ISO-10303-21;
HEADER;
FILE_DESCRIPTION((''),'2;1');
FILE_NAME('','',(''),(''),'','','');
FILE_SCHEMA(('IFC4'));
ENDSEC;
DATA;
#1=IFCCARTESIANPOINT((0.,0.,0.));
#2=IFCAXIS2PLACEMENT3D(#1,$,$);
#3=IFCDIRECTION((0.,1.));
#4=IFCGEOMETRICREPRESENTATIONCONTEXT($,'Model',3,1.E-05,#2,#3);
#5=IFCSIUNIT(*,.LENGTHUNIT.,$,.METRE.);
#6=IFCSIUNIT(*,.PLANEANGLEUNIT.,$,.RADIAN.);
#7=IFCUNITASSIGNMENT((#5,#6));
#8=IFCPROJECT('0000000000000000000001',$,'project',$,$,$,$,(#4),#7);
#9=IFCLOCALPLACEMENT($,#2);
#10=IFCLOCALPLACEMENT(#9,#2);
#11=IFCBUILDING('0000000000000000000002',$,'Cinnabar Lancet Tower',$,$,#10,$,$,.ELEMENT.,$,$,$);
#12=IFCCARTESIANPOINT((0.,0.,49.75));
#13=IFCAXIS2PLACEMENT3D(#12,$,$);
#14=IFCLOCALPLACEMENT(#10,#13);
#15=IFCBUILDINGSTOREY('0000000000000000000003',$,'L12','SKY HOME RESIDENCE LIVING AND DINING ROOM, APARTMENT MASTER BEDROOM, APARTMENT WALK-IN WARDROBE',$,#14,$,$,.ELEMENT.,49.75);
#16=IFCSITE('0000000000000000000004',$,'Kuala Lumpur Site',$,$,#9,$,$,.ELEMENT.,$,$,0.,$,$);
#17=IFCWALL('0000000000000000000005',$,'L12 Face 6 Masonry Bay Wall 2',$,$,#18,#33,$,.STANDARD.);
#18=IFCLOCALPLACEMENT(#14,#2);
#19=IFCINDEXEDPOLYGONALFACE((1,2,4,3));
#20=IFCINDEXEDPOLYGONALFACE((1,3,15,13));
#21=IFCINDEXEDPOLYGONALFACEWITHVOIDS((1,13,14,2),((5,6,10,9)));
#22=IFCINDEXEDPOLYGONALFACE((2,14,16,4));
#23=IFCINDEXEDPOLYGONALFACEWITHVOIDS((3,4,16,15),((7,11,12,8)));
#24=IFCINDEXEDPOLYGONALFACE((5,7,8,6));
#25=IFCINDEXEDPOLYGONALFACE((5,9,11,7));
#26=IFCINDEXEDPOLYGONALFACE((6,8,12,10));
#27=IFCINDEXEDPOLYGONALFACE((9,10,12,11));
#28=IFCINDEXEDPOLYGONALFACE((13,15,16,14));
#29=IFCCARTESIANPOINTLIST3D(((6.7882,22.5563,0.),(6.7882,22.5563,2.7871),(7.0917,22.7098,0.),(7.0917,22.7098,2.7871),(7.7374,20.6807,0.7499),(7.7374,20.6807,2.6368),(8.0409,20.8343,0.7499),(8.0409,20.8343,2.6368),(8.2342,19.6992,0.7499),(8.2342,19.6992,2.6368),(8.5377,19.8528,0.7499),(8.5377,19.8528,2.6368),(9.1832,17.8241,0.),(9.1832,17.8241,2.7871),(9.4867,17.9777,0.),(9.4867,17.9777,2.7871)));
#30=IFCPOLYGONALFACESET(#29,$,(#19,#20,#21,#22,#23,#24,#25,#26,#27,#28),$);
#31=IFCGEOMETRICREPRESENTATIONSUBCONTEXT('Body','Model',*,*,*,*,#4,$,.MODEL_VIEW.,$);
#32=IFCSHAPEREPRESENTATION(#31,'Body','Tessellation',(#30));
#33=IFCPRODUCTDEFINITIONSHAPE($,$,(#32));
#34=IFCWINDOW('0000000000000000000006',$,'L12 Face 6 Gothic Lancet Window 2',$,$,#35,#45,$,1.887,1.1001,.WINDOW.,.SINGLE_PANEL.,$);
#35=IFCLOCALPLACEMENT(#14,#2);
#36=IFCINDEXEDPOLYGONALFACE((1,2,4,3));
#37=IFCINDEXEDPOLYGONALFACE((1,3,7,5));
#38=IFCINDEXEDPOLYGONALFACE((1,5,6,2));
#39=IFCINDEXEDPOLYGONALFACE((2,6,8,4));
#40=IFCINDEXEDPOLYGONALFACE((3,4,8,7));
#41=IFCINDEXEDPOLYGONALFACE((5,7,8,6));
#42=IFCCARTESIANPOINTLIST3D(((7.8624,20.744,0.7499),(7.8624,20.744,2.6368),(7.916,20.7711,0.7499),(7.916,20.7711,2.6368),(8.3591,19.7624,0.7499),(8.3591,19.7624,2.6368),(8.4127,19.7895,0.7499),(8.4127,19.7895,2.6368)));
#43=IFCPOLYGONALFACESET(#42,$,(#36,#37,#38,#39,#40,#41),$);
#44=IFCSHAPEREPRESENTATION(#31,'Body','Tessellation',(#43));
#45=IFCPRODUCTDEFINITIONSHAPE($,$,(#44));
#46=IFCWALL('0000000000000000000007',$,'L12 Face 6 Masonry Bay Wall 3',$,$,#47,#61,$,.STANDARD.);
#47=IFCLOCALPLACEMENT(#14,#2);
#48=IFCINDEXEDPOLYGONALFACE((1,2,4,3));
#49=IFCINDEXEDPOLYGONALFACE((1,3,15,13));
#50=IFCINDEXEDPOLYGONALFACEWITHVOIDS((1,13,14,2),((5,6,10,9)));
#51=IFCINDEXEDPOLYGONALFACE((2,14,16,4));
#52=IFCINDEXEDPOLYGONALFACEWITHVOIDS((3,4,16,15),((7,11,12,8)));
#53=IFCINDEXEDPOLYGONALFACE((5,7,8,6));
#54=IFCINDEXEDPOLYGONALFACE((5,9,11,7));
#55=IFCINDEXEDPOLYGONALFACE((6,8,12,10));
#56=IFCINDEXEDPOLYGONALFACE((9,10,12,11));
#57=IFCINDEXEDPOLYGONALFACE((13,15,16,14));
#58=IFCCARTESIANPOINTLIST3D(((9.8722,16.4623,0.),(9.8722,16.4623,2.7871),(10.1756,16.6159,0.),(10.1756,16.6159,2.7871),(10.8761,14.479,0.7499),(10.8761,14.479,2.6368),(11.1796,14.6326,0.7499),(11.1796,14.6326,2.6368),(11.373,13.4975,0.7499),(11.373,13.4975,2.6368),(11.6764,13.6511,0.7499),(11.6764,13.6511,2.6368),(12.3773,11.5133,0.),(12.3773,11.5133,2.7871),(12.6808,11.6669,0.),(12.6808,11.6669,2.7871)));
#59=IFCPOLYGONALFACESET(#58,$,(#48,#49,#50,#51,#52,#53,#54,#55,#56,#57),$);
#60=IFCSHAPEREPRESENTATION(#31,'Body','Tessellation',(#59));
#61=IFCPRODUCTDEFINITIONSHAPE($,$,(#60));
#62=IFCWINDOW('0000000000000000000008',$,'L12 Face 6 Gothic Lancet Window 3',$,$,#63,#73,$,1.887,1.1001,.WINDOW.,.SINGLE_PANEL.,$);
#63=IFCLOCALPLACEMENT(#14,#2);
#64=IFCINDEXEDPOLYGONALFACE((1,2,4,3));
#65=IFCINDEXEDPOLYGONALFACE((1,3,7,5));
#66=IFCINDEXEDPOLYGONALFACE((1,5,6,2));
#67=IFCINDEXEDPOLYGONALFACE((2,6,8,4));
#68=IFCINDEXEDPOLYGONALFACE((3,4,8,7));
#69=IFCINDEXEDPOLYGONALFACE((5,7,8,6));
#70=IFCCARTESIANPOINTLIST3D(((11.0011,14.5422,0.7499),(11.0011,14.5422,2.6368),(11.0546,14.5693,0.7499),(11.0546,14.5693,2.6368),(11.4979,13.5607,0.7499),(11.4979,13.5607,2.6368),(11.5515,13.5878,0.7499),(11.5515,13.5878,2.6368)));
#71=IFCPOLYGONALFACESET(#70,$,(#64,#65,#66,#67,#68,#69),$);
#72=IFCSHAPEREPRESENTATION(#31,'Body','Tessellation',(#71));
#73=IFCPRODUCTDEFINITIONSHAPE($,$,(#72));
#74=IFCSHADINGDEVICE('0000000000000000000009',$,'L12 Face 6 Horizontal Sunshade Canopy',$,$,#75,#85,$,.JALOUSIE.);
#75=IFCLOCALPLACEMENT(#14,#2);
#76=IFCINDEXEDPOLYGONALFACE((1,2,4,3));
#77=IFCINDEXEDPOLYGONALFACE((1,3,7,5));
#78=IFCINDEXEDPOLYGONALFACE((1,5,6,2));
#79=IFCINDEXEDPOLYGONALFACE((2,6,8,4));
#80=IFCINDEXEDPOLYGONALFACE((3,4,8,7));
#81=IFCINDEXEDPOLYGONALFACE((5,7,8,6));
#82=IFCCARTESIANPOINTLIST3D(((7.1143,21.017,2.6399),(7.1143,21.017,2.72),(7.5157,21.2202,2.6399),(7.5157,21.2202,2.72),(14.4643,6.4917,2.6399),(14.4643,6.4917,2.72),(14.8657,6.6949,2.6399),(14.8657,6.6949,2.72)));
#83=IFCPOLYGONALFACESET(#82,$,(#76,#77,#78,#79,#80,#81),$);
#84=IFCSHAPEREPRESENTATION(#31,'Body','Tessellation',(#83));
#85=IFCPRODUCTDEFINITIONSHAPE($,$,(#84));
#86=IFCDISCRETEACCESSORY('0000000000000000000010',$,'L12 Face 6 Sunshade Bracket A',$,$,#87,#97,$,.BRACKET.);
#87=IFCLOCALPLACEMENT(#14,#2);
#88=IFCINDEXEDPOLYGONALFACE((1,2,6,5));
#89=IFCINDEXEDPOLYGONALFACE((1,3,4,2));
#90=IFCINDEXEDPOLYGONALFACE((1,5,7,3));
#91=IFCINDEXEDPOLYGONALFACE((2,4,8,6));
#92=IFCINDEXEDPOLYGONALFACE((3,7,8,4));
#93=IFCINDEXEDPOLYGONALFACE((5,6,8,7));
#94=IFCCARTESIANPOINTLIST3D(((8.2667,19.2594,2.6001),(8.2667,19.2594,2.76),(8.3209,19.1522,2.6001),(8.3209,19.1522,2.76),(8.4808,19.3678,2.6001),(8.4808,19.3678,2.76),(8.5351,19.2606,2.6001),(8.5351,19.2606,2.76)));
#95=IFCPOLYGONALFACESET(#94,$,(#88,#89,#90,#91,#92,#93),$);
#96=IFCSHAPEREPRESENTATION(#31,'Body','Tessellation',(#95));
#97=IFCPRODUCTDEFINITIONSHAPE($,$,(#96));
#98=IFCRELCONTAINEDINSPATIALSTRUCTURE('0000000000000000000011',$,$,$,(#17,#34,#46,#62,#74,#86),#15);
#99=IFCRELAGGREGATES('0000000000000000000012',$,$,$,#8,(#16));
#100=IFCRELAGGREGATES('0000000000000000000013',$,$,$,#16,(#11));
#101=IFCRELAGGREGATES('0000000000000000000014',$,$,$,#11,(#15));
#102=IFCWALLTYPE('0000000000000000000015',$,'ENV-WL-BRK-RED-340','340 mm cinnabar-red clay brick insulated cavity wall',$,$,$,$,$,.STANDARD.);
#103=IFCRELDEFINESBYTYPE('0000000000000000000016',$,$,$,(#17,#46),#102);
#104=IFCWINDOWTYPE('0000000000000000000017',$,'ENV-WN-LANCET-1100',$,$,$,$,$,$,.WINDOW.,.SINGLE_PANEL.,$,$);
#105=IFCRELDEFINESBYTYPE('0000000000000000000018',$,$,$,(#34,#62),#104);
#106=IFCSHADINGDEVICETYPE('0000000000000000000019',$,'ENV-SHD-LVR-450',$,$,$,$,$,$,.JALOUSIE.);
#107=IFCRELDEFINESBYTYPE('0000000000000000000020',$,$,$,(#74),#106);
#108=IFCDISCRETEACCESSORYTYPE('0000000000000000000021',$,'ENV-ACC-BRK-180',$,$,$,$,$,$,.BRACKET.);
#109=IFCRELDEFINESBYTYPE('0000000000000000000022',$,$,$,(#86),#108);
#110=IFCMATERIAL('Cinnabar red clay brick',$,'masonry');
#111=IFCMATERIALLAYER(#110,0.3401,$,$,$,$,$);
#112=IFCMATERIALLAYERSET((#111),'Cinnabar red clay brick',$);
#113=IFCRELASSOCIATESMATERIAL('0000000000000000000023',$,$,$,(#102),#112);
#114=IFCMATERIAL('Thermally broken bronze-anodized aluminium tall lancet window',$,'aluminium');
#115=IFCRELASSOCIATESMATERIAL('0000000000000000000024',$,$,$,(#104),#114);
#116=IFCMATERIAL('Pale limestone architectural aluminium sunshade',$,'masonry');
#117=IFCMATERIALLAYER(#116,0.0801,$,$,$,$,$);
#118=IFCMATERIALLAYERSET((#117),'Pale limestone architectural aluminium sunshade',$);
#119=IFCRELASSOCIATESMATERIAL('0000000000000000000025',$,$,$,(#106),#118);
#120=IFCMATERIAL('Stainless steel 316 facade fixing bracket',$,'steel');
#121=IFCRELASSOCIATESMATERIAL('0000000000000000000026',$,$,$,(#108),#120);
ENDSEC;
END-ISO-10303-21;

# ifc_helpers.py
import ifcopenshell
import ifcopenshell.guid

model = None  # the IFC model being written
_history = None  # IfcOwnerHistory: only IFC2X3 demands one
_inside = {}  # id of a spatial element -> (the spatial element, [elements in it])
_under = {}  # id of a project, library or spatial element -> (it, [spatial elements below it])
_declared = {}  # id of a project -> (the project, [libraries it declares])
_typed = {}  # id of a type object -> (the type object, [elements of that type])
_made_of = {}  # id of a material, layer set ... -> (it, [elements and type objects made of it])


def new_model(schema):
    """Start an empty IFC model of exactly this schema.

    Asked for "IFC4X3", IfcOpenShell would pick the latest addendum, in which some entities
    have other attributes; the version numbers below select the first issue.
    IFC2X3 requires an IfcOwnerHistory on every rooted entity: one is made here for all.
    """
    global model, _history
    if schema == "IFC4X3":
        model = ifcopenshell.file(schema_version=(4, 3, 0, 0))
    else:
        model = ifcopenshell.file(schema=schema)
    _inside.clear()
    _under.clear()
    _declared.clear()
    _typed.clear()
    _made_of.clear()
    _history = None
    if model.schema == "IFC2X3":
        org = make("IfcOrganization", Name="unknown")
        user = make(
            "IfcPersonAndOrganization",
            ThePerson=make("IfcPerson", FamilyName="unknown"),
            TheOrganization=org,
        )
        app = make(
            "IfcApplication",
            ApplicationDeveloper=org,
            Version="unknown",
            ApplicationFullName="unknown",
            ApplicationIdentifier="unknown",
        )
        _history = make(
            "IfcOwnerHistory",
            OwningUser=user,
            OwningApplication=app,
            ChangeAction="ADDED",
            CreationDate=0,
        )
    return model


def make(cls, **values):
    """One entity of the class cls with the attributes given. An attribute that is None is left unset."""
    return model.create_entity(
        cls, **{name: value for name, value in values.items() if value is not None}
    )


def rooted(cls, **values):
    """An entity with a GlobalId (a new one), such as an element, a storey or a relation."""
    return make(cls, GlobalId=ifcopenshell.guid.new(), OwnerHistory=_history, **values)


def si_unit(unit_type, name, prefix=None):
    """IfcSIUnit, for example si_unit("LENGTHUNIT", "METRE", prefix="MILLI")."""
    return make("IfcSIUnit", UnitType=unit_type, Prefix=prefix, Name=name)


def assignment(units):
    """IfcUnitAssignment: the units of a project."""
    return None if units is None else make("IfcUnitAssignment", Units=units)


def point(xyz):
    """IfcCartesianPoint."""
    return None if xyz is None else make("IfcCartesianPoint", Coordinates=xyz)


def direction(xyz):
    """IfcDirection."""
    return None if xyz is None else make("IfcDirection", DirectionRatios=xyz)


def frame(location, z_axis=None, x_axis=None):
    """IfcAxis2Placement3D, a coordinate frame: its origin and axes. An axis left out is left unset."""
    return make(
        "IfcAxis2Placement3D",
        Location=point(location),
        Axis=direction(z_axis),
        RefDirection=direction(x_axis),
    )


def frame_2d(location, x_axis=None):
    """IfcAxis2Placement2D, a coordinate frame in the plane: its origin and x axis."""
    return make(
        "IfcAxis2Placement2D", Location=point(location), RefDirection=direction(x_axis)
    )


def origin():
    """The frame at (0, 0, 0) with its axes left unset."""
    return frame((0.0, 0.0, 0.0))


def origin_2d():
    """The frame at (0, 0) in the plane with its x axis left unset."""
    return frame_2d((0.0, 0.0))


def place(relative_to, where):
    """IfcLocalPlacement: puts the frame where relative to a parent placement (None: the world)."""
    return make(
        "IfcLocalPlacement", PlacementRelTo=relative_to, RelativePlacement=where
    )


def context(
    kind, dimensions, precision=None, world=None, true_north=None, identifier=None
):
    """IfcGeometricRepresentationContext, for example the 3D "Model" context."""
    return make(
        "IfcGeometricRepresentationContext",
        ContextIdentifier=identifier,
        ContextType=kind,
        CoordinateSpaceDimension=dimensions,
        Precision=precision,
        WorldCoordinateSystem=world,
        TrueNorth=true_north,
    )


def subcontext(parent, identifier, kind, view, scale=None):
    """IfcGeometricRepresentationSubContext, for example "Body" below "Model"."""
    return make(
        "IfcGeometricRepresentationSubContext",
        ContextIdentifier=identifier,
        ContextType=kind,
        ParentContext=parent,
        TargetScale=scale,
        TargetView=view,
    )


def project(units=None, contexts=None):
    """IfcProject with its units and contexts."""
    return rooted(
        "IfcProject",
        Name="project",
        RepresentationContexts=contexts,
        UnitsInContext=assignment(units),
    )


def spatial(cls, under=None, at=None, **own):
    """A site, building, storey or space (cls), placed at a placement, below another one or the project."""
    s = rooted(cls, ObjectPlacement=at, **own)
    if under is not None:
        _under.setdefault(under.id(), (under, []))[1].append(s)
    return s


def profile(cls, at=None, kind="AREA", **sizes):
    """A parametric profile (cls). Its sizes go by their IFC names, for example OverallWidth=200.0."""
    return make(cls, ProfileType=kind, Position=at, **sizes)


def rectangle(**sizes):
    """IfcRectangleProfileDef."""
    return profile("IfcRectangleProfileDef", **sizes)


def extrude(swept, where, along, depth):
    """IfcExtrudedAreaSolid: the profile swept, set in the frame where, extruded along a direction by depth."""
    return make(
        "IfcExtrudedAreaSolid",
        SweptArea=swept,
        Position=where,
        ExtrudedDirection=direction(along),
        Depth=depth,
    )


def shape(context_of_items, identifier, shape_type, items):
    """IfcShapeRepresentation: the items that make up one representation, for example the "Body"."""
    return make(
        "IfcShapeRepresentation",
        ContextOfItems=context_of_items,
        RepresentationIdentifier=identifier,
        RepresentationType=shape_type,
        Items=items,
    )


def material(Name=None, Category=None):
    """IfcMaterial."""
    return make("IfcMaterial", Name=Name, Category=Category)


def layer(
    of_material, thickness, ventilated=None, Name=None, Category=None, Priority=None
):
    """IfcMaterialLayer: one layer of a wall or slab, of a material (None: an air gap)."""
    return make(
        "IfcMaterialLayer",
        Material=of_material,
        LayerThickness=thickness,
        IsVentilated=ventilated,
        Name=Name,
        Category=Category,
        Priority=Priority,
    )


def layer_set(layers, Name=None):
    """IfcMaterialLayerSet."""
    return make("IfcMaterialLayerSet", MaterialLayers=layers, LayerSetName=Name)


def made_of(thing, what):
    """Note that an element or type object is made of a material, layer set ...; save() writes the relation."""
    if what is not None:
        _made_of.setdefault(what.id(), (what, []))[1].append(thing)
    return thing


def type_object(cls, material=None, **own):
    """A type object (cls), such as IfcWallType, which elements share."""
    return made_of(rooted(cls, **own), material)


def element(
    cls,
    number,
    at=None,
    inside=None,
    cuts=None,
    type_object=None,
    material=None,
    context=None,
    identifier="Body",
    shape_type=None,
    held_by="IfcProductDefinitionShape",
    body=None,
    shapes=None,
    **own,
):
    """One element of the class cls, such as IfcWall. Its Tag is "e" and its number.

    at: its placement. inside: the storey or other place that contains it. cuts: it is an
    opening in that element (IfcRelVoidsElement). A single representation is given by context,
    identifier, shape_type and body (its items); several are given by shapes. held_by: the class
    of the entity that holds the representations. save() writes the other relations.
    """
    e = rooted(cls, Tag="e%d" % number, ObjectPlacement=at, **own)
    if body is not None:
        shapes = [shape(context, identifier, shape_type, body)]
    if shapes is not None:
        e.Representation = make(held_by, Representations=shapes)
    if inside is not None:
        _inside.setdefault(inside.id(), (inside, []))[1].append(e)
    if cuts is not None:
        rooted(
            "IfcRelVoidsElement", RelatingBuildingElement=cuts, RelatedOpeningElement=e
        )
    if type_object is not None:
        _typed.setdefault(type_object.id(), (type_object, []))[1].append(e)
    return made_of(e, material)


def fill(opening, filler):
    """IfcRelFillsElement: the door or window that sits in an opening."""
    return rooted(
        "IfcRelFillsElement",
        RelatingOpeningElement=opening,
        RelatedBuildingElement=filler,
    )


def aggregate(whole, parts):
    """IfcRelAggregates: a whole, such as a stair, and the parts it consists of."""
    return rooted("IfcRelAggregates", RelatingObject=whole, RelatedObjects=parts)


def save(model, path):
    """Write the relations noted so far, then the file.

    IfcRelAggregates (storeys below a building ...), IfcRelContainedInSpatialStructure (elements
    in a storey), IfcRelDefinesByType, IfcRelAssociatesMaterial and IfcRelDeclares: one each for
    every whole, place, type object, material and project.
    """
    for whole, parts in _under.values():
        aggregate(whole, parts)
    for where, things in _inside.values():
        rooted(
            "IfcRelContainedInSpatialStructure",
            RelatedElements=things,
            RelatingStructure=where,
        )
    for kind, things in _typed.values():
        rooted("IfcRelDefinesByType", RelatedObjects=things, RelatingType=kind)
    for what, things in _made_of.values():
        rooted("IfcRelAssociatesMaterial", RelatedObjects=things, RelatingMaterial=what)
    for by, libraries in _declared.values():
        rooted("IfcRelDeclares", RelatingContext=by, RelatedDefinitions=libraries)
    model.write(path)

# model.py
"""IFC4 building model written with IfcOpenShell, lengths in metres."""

from ifc_helpers import new_model, si_unit, direction, frame, frame_2d, origin, origin_2d, place, context, subcontext, project, spatial, rectangle, extrude, material, layer, layer_set, type_object, element, fill, save


model = new_model("IFC4")

# Units and contexts
model_context = context("Model", 3, precision=1e-05, world=origin(), true_north=direction((0.0, 1.0)))
body_context = subcontext(model_context, "Body", "Model", "MODEL_VIEW")
ifc_project = project(units=[si_unit("LENGTHUNIT", "METRE"), si_unit("PLANEANGLEUNIT", "RADIAN")], contexts=[model_context])

# Site, building, storey
site_placement = place(None, origin())
site = spatial("IfcSite", under=ifc_project, at=site_placement, Name="Kuala Lumpur Site", CompositionType="ELEMENT", RefElevation=0.0)
building_placement = place(site_placement, origin())
building = spatial("IfcBuilding", under=site, at=building_placement, Name="Cinnabar Lancet Tower", CompositionType="ELEMENT")
storey_placement = place(building_placement, frame((0.0, 0.0, 49.75)))
storey = spatial("IfcBuildingStorey", under=building, at=storey_placement, Name="L12", Description="SKY HOME RESIDENCE LIVING AND DINING ROOM, APARTMENT MASTER BEDROOM, APARTMENT WALK-IN WARDROBE", CompositionType="ELEMENT", Elevation=49.75)

# Shared definitions
ifc_material_1 = material(Name="Cinnabar red clay brick", Category="masonry")
ifc_layer_1 = layer(ifc_material_1, 0.3401)
ifc_layer_set_1 = layer_set([ifc_layer_1], Name="Cinnabar red clay brick")
wall_type_1 = type_object("IfcWallType", Name="ENV-WL-BRK-RED-340", Description="340 mm cinnabar-red clay brick insulated cavity wall", PredefinedType="STANDARD", material=ifc_layer_set_1)

# Walls, openings, windows
wall_1_placement = place(storey_placement, frame((6.9399, 22.6331, 0.0), z_axis=(0.0, 0.0, 1.0), x_axis=(0.451572, -0.892235, 0.0)))
wall_1 = element("IfcWall", 1, at=wall_1_placement, inside=storey, type_object=wall_type_1, Name="L12 Face 6 Masonry Bay Wall 2", PredefinedType="STANDARD", context=body_context, shape_type="SweptSolid", body=[
    extrude(rectangle(XDim=5.3037, YDim=0.3401, at=frame_2d((2.6519, 0.0))), origin(), (0.0, 0.0, 1.0), 2.7871),
])
opening_1_placement = place(wall_1_placement, frame((2.1021, 0.0, 0.75)))
opening_1 = element("IfcOpeningElement", 2, at=opening_1_placement, cuts=wall_1, PredefinedType="OPENING", context=body_context, shape_type="SweptSolid", body=[
    extrude(rectangle(XDim=1.1001, YDim=1.887, at=frame_2d((0.55, 0.9434))), frame((0.0, 0.1799, 0.0), z_axis=(0.0, -1.0, 0.0), x_axis=(1.0, 0.0, 0.0)), (0.0, 0.0, 1.0), 0.3601),
])
ifc_material_2 = material(Name="Thermally broken bronze-anodized aluminium tall lancet window", Category="aluminium")
window_type = type_object("IfcWindowType", Name="ENV-WN-LANCET-1100", PartitioningType="SINGLE_PANEL", PredefinedType="WINDOW", material=ifc_material_2)
window_1_placement = place(opening_1_placement, origin())
window_1 = element("IfcWindow", 3, at=window_1_placement, inside=storey, type_object=window_type, Name="L12 Face 6 Gothic Lancet Window 2", OverallHeight=1.887, OverallWidth=1.1001, PartitioningType="SINGLE_PANEL", PredefinedType="WINDOW", context=body_context, shape_type="SweptSolid", body=[
    extrude(rectangle(XDim=1.1001, YDim=1.887, at=frame_2d((0.55, 0.9434))), frame((0.0, 0.03, 0.0), z_axis=(0.0, -1.0, 0.0), x_axis=(1.0, 0.0, 0.0)), (0.0, 0.0, 1.0), 0.0601),
])
fill(opening_1, window_1)
wall_2_placement = place(storey_placement, frame((10.0239, 16.5391, 0.0), z_axis=(0.0, 0.0, 1.0), x_axis=(0.451627, -0.892207, 0.0)))
wall_2 = element("IfcWall", 4, at=wall_2_placement, inside=storey, type_object=wall_type_1, Name="L12 Face 6 Masonry Bay Wall 3", PredefinedType="STANDARD", context=body_context, shape_type="SweptSolid", body=[
    extrude(rectangle(XDim=5.5469, YDim=0.3401, at=frame_2d((2.7734, 0.0))), origin(), (0.0, 0.0, 1.0), 2.7871),
])
opening_2_placement = place(wall_2_placement, frame((2.2229, 0.0, 0.75)))
opening_2 = element("IfcOpeningElement", 5, at=opening_2_placement, cuts=wall_2, PredefinedType="OPENING", context=body_context, shape_type="SweptSolid", body=[
    extrude(rectangle(XDim=1.1001, YDim=1.887, at=frame_2d((0.55, 0.9434))), frame((0.0, 0.1799, 0.0), z_axis=(0.0, -1.0, 0.0), x_axis=(1.0, 0.0, 0.0)), (0.0, 0.0, 1.0), 0.3601),
])
window_2_placement = place(opening_2_placement, origin())
window_2 = element("IfcWindow", 6, at=window_2_placement, inside=storey, type_object=window_type, Name="L12 Face 6 Gothic Lancet Window 3", OverallHeight=1.887, OverallWidth=1.1001, PartitioningType="SINGLE_PANEL", PredefinedType="WINDOW", context=body_context, shape_type="SweptSolid", body=[
    extrude(rectangle(XDim=1.1001, YDim=1.887, at=frame_2d((0.55, 0.9434))), frame((0.0, 0.03, 0.0), z_axis=(0.0, -1.0, 0.0), x_axis=(1.0, 0.0, 0.0)), (0.0, 0.0, 1.0), 0.0601),
])
fill(opening_2, window_2)

# Shading device
ifc_material_3 = material(Name="Pale limestone architectural aluminium sunshade", Category="masonry")
ifc_layer_2 = layer(ifc_material_3, 0.0801)
ifc_layer_set_2 = layer_set([ifc_layer_2], Name="Pale limestone architectural aluminium sunshade")
shading_device_type = type_object("IfcShadingDeviceType", Name="ENV-SHD-LVR-450", PredefinedType="JALOUSIE", material=ifc_layer_set_2)
shading_device_placement = place(storey_placement, frame((10.99, 13.856, 2.6399), z_axis=(0.0, 0.0, 1.0), x_axis=(0.451501, -0.892271, 0.0)))
element("IfcShadingDevice", 7, at=shading_device_placement, inside=storey, type_object=shading_device_type, Name="L12 Face 6 Horizontal Sunshade Canopy", PredefinedType="JALOUSIE", context=body_context, shape_type="SweptSolid", body=[
    extrude(rectangle(XDim=16.2791, YDim=0.45, at=origin_2d()), origin(), (0.0, 0.0, 1.0), 0.0801),
])

# Discrete accessory
ifc_material_4 = material(Name="Stainless steel 316 facade fixing bracket", Category="steel")
discrete_accessory_type = type_object("IfcDiscreteAccessoryType", Name="ENV-ACC-BRK-180", PredefinedType="BRACKET", material=ifc_material_4)
discrete_accessory_placement = place(storey_placement, frame((8.4009, 19.26, 2.6001), z_axis=(0.0, 0.0, 1.0), x_axis=(0.451501, -0.892271, 0.0)))
element("IfcDiscreteAccessory", 8, at=discrete_accessory_placement, inside=storey, type_object=discrete_accessory_type, Name="L12 Face 6 Sunshade Bracket A", PredefinedType="BRACKET", context=body_context, shape_type="SweptSolid", body=[
    extrude(rectangle(XDim=0.1201, YDim=0.24, at=origin_2d()), origin(), (0.0, 0.0, 1.0), 0.1599),
])

save(model, "model.ifc")
